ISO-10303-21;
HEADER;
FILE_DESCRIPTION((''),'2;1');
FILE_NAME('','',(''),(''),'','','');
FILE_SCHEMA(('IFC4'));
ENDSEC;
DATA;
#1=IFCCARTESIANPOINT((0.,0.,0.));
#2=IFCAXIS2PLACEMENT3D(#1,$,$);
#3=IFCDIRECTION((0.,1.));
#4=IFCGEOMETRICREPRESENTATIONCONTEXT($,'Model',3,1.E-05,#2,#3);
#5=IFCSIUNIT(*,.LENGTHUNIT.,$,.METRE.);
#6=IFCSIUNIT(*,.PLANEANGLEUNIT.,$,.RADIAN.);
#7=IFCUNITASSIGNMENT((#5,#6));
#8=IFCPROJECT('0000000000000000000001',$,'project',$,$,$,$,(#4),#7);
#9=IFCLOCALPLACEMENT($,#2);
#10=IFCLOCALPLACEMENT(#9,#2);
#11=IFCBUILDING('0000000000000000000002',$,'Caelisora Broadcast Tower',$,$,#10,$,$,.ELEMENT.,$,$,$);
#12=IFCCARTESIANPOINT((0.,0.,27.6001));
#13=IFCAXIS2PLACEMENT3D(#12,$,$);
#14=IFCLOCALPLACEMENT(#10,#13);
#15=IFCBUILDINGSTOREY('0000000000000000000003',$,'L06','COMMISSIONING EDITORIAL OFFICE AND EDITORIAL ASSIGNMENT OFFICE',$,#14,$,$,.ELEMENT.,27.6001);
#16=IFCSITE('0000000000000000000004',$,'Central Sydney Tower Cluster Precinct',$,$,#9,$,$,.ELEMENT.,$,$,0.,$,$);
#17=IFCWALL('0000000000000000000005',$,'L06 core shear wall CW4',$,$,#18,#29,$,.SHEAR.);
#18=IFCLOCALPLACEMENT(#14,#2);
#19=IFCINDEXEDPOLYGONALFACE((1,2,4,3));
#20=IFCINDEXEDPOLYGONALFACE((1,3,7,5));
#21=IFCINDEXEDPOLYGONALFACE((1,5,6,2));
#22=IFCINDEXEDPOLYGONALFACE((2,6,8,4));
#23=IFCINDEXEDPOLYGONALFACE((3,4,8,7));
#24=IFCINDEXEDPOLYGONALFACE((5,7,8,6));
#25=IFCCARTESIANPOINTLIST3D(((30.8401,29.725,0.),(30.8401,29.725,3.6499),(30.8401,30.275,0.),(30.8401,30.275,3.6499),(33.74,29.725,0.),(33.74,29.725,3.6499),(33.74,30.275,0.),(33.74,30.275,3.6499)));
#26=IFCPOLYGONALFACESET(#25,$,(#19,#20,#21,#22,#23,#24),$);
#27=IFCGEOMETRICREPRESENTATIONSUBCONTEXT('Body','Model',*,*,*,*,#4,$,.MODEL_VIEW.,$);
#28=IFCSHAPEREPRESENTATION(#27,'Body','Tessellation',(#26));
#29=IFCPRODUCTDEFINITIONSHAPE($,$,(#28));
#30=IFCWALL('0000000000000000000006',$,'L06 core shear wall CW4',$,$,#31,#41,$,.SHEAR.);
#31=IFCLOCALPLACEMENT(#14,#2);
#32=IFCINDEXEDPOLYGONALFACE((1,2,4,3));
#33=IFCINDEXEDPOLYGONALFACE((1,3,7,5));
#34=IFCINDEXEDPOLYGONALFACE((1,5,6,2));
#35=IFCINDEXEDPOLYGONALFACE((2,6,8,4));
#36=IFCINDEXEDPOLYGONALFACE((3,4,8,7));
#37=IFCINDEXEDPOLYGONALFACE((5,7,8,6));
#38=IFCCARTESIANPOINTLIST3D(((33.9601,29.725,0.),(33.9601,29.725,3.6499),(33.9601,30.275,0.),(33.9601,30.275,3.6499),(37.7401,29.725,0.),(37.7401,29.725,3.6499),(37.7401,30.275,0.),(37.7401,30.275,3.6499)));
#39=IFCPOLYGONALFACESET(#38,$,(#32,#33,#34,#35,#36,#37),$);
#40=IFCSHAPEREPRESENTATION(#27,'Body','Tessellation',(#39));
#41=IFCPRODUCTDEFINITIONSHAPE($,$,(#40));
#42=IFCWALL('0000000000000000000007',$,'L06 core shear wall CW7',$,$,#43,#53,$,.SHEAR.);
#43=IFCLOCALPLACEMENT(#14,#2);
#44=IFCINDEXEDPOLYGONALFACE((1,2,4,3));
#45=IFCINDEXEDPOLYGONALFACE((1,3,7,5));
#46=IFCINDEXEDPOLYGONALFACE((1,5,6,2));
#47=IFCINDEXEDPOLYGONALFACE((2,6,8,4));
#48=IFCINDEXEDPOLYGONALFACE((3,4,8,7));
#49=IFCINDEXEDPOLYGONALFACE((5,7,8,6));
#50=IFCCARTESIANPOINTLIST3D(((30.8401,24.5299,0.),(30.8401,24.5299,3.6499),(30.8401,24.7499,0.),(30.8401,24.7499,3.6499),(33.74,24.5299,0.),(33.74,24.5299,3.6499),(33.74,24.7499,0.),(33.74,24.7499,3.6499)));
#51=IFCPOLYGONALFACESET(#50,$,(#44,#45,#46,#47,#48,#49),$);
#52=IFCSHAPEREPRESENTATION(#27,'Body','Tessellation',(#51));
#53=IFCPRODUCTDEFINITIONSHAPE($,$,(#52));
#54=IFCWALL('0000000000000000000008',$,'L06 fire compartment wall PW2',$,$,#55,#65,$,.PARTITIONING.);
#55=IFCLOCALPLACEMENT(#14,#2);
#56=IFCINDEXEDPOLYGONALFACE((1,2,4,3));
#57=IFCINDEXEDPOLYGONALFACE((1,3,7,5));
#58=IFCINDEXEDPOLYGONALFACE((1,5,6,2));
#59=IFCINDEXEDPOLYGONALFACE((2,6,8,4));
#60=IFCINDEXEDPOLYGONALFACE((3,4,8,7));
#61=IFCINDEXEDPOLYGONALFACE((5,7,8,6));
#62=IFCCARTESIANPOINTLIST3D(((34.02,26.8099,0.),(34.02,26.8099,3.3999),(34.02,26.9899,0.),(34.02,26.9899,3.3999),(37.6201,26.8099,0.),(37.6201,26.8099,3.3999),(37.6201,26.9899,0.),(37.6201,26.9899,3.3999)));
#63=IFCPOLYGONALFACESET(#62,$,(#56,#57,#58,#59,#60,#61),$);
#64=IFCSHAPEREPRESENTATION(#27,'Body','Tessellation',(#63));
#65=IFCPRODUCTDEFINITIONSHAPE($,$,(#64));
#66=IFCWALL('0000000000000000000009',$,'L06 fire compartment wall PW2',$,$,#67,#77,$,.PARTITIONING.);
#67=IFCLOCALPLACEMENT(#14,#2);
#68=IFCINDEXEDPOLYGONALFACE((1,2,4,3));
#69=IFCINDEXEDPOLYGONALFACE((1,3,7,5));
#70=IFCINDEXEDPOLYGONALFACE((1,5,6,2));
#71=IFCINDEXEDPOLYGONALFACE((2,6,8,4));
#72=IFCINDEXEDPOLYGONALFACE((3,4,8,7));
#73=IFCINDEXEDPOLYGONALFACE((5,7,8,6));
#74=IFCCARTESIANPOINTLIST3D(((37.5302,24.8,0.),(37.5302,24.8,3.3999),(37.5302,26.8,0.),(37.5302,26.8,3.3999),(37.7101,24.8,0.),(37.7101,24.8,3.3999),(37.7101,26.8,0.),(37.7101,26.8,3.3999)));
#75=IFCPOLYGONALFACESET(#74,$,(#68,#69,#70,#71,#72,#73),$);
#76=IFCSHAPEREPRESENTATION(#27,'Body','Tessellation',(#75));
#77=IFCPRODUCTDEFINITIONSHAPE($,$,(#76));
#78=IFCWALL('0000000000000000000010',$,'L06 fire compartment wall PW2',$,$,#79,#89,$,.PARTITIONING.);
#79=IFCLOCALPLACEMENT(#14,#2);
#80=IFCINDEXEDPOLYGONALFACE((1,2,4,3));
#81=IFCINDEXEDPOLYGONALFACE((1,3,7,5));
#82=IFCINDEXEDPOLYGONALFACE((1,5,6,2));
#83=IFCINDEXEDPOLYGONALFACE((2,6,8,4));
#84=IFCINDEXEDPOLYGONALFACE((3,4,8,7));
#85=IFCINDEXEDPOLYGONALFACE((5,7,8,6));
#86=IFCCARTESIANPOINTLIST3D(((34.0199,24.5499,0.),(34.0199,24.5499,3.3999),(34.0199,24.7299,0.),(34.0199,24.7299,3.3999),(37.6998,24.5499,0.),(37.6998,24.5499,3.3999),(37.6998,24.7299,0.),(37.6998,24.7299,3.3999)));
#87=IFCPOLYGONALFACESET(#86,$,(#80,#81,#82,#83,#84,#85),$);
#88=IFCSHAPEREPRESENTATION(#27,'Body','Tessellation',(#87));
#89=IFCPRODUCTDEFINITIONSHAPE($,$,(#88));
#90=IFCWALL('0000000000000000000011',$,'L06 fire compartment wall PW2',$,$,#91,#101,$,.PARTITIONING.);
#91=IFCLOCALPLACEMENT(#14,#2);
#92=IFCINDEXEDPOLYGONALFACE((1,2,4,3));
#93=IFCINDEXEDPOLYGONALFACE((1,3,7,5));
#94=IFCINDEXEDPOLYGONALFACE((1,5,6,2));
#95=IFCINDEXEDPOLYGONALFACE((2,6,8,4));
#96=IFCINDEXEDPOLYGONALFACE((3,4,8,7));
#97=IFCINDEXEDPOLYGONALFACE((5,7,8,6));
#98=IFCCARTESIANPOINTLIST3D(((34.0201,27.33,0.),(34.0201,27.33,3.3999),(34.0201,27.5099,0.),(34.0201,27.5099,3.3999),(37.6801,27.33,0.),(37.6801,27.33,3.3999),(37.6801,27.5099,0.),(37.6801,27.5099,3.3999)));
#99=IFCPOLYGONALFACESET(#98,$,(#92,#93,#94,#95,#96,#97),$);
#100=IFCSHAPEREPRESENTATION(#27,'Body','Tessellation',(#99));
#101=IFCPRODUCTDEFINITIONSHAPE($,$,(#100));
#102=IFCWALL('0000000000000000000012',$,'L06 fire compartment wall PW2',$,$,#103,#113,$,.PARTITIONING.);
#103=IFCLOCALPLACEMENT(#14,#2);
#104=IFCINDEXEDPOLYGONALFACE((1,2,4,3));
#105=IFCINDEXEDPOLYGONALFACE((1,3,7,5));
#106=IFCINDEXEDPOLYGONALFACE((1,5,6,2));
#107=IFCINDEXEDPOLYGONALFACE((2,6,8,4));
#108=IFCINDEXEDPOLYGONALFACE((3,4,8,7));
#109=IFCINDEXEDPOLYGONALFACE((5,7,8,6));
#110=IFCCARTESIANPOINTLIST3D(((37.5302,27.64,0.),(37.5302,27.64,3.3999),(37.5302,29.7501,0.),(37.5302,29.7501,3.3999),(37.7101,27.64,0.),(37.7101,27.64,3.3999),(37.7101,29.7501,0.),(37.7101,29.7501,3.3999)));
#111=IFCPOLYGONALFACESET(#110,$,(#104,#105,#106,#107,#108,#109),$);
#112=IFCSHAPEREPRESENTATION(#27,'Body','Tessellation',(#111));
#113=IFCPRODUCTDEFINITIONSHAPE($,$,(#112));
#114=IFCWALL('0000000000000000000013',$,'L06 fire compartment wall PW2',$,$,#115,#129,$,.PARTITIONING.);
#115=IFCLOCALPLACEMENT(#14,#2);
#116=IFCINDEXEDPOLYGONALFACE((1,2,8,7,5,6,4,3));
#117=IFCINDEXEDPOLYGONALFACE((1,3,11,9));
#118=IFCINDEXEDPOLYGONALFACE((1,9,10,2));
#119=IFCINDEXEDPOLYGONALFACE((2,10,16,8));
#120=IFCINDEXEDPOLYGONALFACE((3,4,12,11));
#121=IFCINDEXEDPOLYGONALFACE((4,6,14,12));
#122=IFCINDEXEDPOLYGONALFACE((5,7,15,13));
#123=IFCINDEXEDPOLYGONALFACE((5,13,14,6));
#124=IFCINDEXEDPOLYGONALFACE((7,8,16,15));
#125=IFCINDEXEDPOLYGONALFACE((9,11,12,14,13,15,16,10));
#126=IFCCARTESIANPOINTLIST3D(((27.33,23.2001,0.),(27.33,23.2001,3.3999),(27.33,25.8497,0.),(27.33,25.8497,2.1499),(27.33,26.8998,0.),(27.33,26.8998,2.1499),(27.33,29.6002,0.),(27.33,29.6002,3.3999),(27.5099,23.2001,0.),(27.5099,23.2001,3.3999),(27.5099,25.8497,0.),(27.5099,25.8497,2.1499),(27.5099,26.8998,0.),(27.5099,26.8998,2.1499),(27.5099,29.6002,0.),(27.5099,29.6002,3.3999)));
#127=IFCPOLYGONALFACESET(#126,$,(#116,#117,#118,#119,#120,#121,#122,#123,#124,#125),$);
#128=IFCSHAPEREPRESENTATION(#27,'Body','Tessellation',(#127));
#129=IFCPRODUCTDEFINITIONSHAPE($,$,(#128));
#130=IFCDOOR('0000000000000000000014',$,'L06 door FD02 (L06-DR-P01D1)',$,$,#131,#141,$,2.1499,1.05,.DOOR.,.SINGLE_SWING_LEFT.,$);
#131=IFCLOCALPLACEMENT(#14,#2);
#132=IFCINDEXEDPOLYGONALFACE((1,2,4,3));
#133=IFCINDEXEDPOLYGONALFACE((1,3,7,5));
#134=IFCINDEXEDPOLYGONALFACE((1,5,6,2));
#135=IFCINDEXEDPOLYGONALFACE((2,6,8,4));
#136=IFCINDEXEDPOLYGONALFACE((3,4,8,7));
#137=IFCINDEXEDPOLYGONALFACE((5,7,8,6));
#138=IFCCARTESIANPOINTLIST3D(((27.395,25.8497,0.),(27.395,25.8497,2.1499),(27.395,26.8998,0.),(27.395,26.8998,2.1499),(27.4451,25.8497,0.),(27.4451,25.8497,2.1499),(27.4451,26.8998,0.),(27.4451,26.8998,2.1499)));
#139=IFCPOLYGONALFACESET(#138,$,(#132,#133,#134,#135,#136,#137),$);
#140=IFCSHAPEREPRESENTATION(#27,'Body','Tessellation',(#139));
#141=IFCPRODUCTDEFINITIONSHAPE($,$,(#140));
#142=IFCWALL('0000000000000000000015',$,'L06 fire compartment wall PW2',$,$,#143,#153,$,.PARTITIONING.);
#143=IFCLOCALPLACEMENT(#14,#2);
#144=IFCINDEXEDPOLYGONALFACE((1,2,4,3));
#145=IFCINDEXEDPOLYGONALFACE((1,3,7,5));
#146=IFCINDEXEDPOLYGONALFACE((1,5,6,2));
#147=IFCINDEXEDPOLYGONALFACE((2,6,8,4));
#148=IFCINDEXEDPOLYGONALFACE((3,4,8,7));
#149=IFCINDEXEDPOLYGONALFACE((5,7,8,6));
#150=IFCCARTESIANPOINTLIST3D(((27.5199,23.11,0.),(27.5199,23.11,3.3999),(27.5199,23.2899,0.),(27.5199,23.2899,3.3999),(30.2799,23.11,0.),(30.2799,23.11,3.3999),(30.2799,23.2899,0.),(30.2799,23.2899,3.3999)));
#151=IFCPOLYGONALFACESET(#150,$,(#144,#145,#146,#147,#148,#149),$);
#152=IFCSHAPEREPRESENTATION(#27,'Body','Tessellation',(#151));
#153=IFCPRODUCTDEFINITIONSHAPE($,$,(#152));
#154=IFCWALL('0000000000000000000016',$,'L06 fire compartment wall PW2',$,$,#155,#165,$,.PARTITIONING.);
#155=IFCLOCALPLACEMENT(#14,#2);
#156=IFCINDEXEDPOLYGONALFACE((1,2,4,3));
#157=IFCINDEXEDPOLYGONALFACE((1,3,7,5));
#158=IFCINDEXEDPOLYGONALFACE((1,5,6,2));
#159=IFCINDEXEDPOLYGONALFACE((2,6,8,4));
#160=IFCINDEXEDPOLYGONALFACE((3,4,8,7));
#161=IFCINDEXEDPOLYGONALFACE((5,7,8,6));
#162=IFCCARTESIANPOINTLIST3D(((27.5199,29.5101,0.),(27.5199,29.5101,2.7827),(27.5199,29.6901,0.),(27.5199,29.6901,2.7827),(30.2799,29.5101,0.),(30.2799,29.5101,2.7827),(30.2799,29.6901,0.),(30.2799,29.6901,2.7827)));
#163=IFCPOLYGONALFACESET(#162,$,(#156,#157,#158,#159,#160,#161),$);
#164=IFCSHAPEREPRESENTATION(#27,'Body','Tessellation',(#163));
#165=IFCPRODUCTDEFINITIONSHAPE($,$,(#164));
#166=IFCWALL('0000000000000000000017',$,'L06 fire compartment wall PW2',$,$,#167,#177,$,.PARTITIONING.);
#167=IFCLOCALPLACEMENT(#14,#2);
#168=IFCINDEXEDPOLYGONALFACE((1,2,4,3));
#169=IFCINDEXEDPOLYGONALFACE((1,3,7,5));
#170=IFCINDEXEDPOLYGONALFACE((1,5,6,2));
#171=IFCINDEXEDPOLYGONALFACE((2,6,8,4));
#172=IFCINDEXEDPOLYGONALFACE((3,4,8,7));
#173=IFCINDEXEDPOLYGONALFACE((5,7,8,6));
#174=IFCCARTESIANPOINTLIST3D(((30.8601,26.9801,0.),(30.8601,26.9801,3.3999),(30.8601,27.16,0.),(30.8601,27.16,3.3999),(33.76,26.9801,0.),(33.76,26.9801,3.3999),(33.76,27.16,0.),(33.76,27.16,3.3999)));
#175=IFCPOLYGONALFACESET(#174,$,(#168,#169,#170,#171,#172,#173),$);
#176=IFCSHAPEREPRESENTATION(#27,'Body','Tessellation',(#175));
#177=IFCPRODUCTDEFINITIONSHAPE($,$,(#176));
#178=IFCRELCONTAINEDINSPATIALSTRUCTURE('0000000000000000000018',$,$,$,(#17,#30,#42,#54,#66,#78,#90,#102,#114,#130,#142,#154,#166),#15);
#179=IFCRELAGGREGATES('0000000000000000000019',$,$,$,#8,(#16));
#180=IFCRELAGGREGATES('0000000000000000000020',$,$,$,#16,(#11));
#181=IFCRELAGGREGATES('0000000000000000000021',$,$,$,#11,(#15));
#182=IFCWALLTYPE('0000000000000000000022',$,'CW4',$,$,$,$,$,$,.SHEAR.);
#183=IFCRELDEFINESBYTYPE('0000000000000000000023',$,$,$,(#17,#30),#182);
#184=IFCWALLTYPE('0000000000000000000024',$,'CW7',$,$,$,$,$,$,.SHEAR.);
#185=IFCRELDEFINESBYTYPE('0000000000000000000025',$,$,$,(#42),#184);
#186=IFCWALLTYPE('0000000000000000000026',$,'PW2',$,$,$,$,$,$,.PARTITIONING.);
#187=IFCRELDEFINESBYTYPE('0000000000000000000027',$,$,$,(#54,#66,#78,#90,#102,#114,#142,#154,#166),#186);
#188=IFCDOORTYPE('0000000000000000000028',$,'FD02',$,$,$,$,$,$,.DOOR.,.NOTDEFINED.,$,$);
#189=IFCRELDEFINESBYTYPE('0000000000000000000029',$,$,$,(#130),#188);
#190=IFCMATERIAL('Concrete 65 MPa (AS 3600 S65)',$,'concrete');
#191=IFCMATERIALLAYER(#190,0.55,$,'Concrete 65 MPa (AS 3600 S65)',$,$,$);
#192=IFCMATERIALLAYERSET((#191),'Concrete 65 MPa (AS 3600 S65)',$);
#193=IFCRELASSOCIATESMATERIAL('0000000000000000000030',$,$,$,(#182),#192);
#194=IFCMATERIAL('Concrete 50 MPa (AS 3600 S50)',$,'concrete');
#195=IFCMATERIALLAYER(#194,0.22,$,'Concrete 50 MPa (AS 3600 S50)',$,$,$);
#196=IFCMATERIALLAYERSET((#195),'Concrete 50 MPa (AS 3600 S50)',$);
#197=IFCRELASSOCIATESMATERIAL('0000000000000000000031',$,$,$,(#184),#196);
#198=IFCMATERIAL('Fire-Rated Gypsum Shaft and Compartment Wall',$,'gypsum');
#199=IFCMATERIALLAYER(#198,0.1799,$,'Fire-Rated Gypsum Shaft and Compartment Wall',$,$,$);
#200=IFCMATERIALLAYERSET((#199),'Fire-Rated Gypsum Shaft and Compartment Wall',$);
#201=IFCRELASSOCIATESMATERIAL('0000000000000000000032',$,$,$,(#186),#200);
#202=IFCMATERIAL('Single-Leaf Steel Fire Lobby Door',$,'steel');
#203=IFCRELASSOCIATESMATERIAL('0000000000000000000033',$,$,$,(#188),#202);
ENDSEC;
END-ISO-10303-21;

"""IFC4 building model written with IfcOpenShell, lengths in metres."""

from ifc_helpers import new_model, si_unit, direction, frame, frame_2d, origin, place, context, subcontext, project, spatial, rectangle, extrude, material, layer, layer_set, type_object, element, fill, save


model = new_model("IFC4")

# Units and contexts
model_context = context("Model", 3, precision=1e-05, world=origin(), true_north=direction((0.0, 1.0)))
body_context = subcontext(model_context, "Body", "Model", "MODEL_VIEW")
ifc_project = project(units=[si_unit("LENGTHUNIT", "METRE"), si_unit("PLANEANGLEUNIT", "RADIAN")], contexts=[model_context])

# Site, building, storey
site_placement = place(None, origin())
site = spatial("IfcSite", under=ifc_project, at=site_placement, Name="Central Sydney Tower Cluster Precinct", CompositionType="ELEMENT", RefElevation=0.0)
building_placement = place(site_placement, origin())
building = spatial("IfcBuilding", under=site, at=building_placement, Name="Caelisora Broadcast Tower", CompositionType="ELEMENT")
storey_placement = place(building_placement, frame((0.0, 0.0, 27.6001)))
storey = spatial("IfcBuildingStorey", under=building, at=storey_placement, Name="L06", Description="COMMISSIONING EDITORIAL OFFICE AND EDITORIAL ASSIGNMENT OFFICE", CompositionType="ELEMENT", Elevation=27.6001)

# Shared definitions
ifc_material_1 = material(Name="Concrete 50 MPa (AS 3600 S50)", Category="concrete")

# Walls
ifc_material_2 = material(Name="Concrete 65 MPa (AS 3600 S65)", Category="concrete")
ifc_layer_1 = layer(ifc_material_2, 0.55, Name="Concrete 65 MPa (AS 3600 S65)")
ifc_layer_set_1 = layer_set([ifc_layer_1], Name="Concrete 65 MPa (AS 3600 S65)")
wall_type_1 = type_object("IfcWallType", Name="CW4", PredefinedType="SHEAR", material=ifc_layer_set_1)
wall_1_placement = place(storey_placement, frame((30.8401, 30.0, 0.0), z_axis=(0.0, 0.0, 1.0), x_axis=(1.0, 0.0, 0.0)))
element("IfcWall", 1, at=wall_1_placement, inside=storey, type_object=wall_type_1, Name="L06 core shear wall CW4", PredefinedType="SHEAR", context=body_context, shape_type="SweptSolid", body=[
    extrude(rectangle(XDim=2.8999, YDim=0.55, at=frame_2d((1.45, 0.0))), origin(), (0.0, 0.0, 1.0), 3.6499),
])
wall_2_placement = place(storey_placement, frame((33.96, 30.0, 0.0), z_axis=(0.0, 0.0, 1.0), x_axis=(1.0, 0.0, 0.0)))
element("IfcWall", 2, at=wall_2_placement, inside=storey, type_object=wall_type_1, Name="L06 core shear wall CW4", PredefinedType="SHEAR", context=body_context, shape_type="SweptSolid", body=[
    extrude(rectangle(XDim=3.78, YDim=0.55, at=frame_2d((1.8901, 0.0))), origin(), (0.0, 0.0, 1.0), 3.6499),
])
ifc_layer_2 = layer(ifc_material_1, 0.22, Name="Concrete 50 MPa (AS 3600 S50)")
ifc_layer_set_2 = layer_set([ifc_layer_2], Name="Concrete 50 MPa (AS 3600 S50)")
wall_type_2 = type_object("IfcWallType", Name="CW7", PredefinedType="SHEAR", material=ifc_layer_set_2)
wall_3_placement = place(storey_placement, frame((30.8401, 24.6399, 0.0), z_axis=(0.0, 0.0, 1.0), x_axis=(1.0, 0.0, 0.0)))
element("IfcWall", 3, at=wall_3_placement, inside=storey, type_object=wall_type_2, Name="L06 core shear wall CW7", PredefinedType="SHEAR", context=body_context, shape_type="SweptSolid", body=[
    extrude(rectangle(XDim=2.8999, YDim=0.22, at=frame_2d((1.45, 0.0))), origin(), (0.0, 0.0, 1.0), 3.6499),
])
ifc_material_3 = material(Name="Fire-Rated Gypsum Shaft and Compartment Wall", Category="gypsum")
ifc_layer_3 = layer(ifc_material_3, 0.1799, Name="Fire-Rated Gypsum Shaft and Compartment Wall")
ifc_layer_set_3 = layer_set([ifc_layer_3], Name="Fire-Rated Gypsum Shaft and Compartment Wall")
wall_type_3 = type_object("IfcWallType", Name="PW2", PredefinedType="PARTITIONING", material=ifc_layer_set_3)
wall_4_placement = place(storey_placement, frame((34.02, 26.8999, 0.0), z_axis=(0.0, 0.0, 1.0), x_axis=(1.0, 0.0, 0.0)))
element("IfcWall", 4, at=wall_4_placement, inside=storey, type_object=wall_type_3, Name="L06 fire compartment wall PW2", PredefinedType="PARTITIONING", context=body_context, shape_type="SweptSolid", body=[
    extrude(rectangle(XDim=3.6001, YDim=0.1799, at=frame_2d((1.8, 0.0))), origin(), (0.0, 0.0, 1.0), 3.3999),
])
wall_5_placement = place(storey_placement, frame((37.6201, 24.8, 0.0), z_axis=(0.0, 0.0, 1.0), x_axis=(0.0, 1.0, 0.0)))
element("IfcWall", 5, at=wall_5_placement, inside=storey, type_object=wall_type_3, Name="L06 fire compartment wall PW2", PredefinedType="PARTITIONING", context=body_context, shape_type="SweptSolid", body=[
    extrude(rectangle(XDim=2.0, YDim=0.1799, at=frame_2d((1.0, 0.0))), origin(), (0.0, 0.0, 1.0), 3.3999),
])
wall_6_placement = place(storey_placement, frame((34.02, 24.6399, 0.0), z_axis=(0.0, 0.0, 1.0), x_axis=(1.0, 0.0, 0.0)))
element("IfcWall", 6, at=wall_6_placement, inside=storey, type_object=wall_type_3, Name="L06 fire compartment wall PW2", PredefinedType="PARTITIONING", context=body_context, shape_type="SweptSolid", body=[
    extrude(rectangle(XDim=3.6799, YDim=0.1799, at=frame_2d((1.8398, 0.0))), origin(), (0.0, 0.0, 1.0), 3.3999),
])
wall_7_placement = place(storey_placement, frame((34.02, 27.4199, 0.0), z_axis=(0.0, 0.0, 1.0), x_axis=(1.0, 0.0, 0.0)))
element("IfcWall", 7, at=wall_7_placement, inside=storey, type_object=wall_type_3, Name="L06 fire compartment wall PW2", PredefinedType="PARTITIONING", context=body_context, shape_type="SweptSolid", body=[
    extrude(rectangle(XDim=3.6599, YDim=0.1799, at=frame_2d((1.8301, 0.0))), origin(), (0.0, 0.0, 1.0), 3.3999),
])
wall_8_placement = place(storey_placement, frame((37.6201, 27.6399, 0.0), z_axis=(0.0, 0.0, 1.0), x_axis=(0.0, 1.0, 0.0)))
element("IfcWall", 8, at=wall_8_placement, inside=storey, type_object=wall_type_3, Name="L06 fire compartment wall PW2", PredefinedType="PARTITIONING", context=body_context, shape_type="SweptSolid", body=[
    extrude(rectangle(XDim=2.1101, YDim=0.1799, at=frame_2d((1.0552, 0.0))), origin(), (0.0, 0.0, 1.0), 3.3999),
])

# Wall, opening, door
wall_9_placement = place(storey_placement, frame((27.4199, 23.2, 0.0), z_axis=(0.0, 0.0, 1.0), x_axis=(0.0, 1.0, 0.0)))
wall_9 = element("IfcWall", 9, at=wall_9_placement, inside=storey, type_object=wall_type_3, Name="L06 fire compartment wall PW2", PredefinedType="PARTITIONING", context=body_context, shape_type="SweptSolid", body=[
    extrude(rectangle(XDim=6.4001, YDim=0.1799, at=frame_2d((3.2002, 0.0))), origin(), (0.0, 0.0, 1.0), 3.3999),
])
opening_placement = place(wall_9_placement, frame((2.6499, 0.0, 0.0)))
opening = element("IfcOpeningElement", 10, at=opening_placement, cuts=wall_9, PredefinedType="OPENING", context=body_context, shape_type="SweptSolid", body=[
    extrude(rectangle(XDim=1.05, YDim=2.1499, at=frame_2d((0.5249, 1.075))), frame((0.0, 0.1021, 0.0), z_axis=(0.0, -1.0, 0.0), x_axis=(1.0, 0.0, 0.0)), (0.0, 0.0, 1.0), 0.2039),
])
ifc_material_4 = material(Name="Single-Leaf Steel Fire Lobby Door", Category="steel")
door_type = type_object("IfcDoorType", Name="FD02", OperationType="NOTDEFINED", PredefinedType="DOOR", material=ifc_material_4)
door_placement = place(opening_placement, origin())
door = element("IfcDoor", 11, at=door_placement, inside=storey, type_object=door_type, Name="L06 door FD02 (L06-DR-P01D1)", OperationType="SINGLE_SWING_LEFT", OverallHeight=2.1499, OverallWidth=1.05, PredefinedType="DOOR", context=body_context, shape_type="SweptSolid", body=[
    extrude(rectangle(XDim=1.05, YDim=2.1499, at=frame_2d((0.5249, 1.075))), frame((0.0, 0.0249, 0.0), z_axis=(0.0, -1.0, 0.0), x_axis=(1.0, 0.0, 0.0)), (0.0, 0.0, 1.0), 0.05),
])
fill(opening, door)

# Walls
wall_10_placement = place(storey_placement, frame((27.52, 23.2, 0.0), z_axis=(0.0, 0.0, 1.0), x_axis=(1.0, 0.0, 0.0)))
element("IfcWall", 12, at=wall_10_placement, inside=storey, type_object=wall_type_3, Name="L06 fire compartment wall PW2", PredefinedType="PARTITIONING", context=body_context, shape_type="SweptSolid", body=[
    extrude(rectangle(XDim=2.76, YDim=0.1799, at=frame_2d((1.3799, 0.0))), origin(), (0.0, 0.0, 1.0), 3.3999),
])
wall_11_placement = place(storey_placement, frame((27.52, 29.6001, 0.0), z_axis=(0.0, 0.0, 1.0), x_axis=(1.0, 0.0, 0.0)))
element("IfcWall", 13, at=wall_11_placement, inside=storey, type_object=wall_type_3, Name="L06 fire compartment wall PW2", PredefinedType="PARTITIONING", context=body_context, shape_type="SweptSolid", body=[
    extrude(rectangle(XDim=2.76, YDim=0.1799, at=frame_2d((1.3799, 0.0))), origin(), (0.0, 0.0, 1.0), 2.7827),
])
wall_12_placement = place(storey_placement, frame((30.8601, 27.0701, 0.0), z_axis=(0.0, 0.0, 1.0), x_axis=(1.0, 0.0, 0.0)))
element("IfcWall", 14, at=wall_12_placement, inside=storey, type_object=wall_type_3, Name="L06 fire compartment wall PW2", PredefinedType="PARTITIONING", context=body_context, shape_type="SweptSolid", body=[
    extrude(rectangle(XDim=2.8999, YDim=0.1799, at=frame_2d((1.45, 0.0))), origin(), (0.0, 0.0, 1.0), 3.3999),
])

save(model, "model.ifc")
